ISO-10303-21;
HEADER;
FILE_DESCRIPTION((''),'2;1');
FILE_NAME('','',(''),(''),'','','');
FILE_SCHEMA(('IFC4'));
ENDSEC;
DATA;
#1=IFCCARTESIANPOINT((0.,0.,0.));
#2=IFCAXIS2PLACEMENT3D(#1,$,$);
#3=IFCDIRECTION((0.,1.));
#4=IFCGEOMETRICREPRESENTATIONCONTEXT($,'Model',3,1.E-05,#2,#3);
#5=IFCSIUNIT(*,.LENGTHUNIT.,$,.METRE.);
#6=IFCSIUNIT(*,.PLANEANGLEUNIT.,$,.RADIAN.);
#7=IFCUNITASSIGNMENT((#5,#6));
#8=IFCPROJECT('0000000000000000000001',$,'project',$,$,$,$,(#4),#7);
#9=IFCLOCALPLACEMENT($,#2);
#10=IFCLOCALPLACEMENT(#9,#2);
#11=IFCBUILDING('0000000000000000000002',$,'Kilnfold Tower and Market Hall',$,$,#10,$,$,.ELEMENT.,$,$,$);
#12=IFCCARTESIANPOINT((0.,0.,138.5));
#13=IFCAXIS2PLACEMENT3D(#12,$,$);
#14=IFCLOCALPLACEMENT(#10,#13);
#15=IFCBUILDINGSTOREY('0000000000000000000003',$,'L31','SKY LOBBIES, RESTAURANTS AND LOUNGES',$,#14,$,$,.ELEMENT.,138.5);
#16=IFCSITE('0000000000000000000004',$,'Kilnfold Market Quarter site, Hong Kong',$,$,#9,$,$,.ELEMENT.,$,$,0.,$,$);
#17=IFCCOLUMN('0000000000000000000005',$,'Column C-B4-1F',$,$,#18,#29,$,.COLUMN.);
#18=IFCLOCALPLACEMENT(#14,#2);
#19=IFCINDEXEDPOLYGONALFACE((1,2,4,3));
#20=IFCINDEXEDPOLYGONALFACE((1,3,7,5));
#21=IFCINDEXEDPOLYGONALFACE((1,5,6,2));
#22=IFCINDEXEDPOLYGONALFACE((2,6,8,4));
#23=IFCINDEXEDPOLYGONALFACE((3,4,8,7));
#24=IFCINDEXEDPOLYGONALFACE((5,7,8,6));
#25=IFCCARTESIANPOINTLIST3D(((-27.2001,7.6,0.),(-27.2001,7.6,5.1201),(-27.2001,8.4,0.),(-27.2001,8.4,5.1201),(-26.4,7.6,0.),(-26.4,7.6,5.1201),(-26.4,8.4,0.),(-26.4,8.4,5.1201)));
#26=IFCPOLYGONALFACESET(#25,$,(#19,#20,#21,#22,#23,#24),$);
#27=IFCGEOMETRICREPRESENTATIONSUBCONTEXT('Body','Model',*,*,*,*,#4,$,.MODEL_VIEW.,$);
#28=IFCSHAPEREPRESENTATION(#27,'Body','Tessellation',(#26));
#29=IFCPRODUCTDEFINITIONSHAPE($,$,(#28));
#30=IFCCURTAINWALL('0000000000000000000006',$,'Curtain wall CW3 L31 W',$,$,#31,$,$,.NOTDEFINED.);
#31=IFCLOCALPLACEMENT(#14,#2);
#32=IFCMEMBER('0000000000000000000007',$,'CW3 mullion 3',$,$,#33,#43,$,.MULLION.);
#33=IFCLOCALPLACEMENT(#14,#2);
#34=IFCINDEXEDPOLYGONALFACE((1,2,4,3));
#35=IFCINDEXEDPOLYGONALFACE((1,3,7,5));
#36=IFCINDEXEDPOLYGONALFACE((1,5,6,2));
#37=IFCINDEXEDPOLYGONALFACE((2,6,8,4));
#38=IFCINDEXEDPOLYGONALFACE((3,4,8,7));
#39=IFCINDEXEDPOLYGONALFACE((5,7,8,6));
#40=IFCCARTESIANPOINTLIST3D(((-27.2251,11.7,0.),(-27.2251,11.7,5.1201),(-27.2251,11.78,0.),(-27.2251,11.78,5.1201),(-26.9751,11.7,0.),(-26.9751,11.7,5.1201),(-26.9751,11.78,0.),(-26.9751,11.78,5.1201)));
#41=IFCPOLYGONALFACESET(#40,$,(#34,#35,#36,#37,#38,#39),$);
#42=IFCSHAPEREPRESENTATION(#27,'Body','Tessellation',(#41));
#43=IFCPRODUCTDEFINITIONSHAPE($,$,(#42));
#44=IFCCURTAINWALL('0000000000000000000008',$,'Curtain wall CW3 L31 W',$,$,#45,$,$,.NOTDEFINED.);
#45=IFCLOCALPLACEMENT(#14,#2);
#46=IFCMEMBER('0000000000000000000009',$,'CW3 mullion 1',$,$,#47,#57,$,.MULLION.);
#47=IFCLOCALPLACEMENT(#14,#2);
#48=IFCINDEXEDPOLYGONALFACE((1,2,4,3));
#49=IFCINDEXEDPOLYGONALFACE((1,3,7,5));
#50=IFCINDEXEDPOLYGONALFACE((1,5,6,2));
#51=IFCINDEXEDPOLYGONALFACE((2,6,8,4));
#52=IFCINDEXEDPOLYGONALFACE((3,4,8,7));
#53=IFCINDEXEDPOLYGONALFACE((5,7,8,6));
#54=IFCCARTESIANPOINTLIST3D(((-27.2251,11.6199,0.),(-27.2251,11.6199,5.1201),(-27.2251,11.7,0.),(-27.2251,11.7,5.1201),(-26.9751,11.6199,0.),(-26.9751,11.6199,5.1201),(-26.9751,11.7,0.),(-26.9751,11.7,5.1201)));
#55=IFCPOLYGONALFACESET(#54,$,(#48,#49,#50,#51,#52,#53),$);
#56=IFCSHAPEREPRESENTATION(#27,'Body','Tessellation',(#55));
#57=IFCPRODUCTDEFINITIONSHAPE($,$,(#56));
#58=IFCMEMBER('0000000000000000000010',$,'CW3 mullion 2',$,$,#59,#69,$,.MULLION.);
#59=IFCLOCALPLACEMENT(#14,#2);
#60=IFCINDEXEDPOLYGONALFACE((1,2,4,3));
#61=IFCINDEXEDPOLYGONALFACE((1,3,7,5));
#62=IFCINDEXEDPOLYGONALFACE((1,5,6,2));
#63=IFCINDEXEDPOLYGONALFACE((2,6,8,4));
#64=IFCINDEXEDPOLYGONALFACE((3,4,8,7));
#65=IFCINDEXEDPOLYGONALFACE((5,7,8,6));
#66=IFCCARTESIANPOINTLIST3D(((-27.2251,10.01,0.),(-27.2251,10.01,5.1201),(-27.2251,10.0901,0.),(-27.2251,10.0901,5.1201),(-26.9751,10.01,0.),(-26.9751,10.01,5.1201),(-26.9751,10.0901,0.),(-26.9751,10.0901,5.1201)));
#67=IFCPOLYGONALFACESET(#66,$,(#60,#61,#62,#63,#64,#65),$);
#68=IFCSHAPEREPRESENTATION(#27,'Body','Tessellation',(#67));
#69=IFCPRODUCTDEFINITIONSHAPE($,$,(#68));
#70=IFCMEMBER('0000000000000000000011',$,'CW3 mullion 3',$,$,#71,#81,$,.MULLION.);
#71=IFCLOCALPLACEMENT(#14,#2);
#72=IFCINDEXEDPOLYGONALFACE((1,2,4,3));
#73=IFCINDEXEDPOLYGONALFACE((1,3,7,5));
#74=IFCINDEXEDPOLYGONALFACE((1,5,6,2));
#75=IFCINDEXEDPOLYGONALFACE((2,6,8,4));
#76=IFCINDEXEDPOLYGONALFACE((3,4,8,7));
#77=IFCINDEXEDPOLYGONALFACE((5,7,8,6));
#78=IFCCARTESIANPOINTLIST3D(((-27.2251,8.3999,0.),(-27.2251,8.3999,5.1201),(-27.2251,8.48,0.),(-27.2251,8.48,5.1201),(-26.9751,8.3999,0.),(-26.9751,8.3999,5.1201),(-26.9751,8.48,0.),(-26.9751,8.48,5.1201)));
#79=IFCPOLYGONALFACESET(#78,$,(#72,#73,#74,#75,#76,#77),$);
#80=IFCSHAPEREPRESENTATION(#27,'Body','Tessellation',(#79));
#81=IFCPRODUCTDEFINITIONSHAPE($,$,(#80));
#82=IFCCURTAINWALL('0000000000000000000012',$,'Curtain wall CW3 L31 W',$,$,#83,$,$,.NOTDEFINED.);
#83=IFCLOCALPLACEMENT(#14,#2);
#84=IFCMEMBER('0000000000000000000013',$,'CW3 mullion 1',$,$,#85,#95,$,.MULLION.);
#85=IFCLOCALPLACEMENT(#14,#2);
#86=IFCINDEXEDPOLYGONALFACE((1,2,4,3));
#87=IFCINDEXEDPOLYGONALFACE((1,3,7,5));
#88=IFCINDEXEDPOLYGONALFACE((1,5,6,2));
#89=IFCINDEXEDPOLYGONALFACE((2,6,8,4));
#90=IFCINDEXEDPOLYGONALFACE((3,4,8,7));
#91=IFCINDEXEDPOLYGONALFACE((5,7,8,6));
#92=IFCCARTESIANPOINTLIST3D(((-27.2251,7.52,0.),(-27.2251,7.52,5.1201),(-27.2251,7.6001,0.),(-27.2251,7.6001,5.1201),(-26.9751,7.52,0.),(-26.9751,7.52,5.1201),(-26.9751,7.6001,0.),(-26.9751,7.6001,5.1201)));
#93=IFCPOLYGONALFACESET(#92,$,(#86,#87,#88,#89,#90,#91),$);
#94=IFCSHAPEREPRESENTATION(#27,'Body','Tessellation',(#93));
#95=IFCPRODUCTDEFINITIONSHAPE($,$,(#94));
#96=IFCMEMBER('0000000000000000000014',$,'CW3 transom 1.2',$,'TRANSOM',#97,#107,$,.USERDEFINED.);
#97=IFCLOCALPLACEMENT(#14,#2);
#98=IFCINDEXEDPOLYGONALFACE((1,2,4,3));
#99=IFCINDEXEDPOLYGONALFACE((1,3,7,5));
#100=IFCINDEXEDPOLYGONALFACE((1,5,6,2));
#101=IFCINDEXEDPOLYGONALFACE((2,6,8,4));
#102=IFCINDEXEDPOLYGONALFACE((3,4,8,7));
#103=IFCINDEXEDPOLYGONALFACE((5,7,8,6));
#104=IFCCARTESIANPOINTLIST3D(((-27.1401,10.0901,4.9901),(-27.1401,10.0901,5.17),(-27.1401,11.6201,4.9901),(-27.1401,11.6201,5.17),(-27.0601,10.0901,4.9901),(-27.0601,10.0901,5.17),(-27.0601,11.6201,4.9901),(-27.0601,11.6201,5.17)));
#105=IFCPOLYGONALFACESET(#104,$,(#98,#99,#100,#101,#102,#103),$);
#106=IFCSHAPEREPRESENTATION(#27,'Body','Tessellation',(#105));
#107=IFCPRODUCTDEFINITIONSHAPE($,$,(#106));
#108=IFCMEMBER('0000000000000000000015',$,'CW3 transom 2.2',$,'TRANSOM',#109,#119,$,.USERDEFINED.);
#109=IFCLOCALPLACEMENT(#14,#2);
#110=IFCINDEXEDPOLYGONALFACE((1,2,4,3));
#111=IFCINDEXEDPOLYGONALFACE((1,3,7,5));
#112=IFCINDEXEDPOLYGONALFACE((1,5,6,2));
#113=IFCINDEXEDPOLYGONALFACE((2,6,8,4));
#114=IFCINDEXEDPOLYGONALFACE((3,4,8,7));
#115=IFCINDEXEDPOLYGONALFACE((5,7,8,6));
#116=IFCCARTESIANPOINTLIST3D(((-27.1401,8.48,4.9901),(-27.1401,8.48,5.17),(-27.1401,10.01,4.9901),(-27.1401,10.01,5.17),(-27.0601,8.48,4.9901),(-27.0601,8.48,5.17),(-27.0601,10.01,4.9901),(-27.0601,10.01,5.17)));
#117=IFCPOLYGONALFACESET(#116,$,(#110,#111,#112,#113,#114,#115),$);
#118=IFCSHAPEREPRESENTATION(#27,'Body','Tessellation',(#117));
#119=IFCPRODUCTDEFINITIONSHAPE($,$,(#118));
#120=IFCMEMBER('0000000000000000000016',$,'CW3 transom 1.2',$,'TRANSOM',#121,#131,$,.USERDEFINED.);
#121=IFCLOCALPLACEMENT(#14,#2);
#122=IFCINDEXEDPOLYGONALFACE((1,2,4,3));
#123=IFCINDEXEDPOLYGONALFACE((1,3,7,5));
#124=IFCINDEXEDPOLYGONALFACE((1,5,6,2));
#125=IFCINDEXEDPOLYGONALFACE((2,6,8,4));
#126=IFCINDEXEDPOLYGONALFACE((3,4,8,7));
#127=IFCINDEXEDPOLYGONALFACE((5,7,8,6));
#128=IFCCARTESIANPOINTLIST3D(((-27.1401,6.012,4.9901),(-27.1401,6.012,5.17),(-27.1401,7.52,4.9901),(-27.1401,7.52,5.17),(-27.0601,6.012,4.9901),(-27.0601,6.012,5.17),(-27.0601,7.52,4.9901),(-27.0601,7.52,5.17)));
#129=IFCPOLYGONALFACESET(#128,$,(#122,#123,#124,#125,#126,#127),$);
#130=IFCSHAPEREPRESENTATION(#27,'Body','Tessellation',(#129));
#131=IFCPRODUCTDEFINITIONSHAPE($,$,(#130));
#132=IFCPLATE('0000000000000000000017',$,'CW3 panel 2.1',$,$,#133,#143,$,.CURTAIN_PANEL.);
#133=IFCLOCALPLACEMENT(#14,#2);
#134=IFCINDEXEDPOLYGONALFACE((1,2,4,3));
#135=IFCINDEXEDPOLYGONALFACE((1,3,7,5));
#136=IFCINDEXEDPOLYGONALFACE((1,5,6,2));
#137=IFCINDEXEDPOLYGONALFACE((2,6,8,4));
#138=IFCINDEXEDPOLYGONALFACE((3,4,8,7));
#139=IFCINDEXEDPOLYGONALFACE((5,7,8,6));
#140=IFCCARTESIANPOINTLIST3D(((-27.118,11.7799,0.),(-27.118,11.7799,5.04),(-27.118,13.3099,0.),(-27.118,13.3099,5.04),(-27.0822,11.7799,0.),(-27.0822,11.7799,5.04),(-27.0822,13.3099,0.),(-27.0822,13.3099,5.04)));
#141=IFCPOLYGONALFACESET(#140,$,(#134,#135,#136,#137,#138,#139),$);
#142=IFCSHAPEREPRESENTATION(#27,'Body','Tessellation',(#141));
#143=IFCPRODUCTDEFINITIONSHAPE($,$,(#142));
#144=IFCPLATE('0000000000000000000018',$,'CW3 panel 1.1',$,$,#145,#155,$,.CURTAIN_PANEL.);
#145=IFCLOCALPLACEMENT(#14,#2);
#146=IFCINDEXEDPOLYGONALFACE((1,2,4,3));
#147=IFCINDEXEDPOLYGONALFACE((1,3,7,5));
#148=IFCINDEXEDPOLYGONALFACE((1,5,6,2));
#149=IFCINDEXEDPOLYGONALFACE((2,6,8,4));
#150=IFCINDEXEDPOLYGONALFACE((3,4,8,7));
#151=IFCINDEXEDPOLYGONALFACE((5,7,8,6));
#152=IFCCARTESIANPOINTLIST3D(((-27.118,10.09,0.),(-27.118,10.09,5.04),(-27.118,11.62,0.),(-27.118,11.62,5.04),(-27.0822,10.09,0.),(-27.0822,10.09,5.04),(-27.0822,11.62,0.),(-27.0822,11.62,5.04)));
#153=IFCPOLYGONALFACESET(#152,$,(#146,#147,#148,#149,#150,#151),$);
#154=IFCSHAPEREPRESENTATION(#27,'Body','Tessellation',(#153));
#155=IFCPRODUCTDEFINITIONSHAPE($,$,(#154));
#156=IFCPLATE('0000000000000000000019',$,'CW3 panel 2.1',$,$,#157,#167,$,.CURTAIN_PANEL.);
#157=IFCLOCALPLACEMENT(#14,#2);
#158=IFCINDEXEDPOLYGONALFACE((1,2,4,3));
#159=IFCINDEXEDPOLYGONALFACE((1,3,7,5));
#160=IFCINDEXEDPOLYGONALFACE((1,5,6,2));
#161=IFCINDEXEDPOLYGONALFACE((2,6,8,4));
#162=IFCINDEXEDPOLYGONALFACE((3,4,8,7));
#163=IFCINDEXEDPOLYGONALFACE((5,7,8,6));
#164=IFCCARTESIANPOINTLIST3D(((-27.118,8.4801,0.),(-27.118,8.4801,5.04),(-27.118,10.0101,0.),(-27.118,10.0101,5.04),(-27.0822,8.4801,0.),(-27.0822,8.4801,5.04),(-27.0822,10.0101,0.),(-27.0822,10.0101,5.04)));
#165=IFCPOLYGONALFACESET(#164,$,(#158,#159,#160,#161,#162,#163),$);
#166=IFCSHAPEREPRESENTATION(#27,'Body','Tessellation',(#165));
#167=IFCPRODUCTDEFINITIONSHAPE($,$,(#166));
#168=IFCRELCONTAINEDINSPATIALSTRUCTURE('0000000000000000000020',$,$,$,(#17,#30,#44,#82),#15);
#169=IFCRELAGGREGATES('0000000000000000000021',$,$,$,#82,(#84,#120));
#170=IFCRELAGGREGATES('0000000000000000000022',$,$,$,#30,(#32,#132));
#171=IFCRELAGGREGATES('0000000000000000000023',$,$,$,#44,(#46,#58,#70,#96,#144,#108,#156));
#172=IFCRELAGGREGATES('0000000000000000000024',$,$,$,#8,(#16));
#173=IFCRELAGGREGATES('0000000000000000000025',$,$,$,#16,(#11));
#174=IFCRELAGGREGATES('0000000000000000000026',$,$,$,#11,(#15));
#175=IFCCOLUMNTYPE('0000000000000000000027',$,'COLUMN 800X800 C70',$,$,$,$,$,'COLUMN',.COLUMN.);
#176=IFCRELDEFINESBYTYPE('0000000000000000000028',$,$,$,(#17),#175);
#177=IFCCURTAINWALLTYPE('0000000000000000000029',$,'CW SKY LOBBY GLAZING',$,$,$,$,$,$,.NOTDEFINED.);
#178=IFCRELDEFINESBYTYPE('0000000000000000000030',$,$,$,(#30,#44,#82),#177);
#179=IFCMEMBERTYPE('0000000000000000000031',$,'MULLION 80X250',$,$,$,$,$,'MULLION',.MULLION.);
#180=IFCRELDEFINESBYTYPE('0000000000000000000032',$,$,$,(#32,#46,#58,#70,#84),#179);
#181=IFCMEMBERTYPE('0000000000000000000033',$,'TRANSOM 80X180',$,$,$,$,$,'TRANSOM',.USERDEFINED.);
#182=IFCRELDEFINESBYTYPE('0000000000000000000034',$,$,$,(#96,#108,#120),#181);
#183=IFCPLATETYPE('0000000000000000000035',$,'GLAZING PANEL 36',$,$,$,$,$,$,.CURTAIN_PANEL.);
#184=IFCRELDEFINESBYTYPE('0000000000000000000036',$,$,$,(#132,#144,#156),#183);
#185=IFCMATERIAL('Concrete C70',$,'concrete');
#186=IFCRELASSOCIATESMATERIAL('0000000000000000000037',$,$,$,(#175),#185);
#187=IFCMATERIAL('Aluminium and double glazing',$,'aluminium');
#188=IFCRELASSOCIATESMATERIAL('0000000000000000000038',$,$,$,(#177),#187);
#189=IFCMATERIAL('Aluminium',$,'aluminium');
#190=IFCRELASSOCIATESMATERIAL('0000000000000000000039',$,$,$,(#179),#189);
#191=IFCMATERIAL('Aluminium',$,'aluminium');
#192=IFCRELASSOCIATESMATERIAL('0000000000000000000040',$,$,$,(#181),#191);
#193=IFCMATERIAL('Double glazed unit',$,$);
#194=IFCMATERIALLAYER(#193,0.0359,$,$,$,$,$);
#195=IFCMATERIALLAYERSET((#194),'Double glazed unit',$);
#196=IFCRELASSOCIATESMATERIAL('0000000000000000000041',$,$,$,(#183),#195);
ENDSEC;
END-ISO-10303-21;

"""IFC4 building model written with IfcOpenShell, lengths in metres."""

from ifc_helpers import new_model, si_unit, direction, frame, origin, origin_2d, place, context, subcontext, project, spatial, rectangle, extrude, source, transform, mapped, material, layer, layer_set, material_profile, profile_set, type_object, element, aggregate, save


model = new_model("IFC4")

# Units and contexts
model_context = context("Model", 3, precision=1e-05, world=origin(), true_north=direction((0.0, 1.0)))
body_context = subcontext(model_context, "Body", "Model", "MODEL_VIEW")
ifc_project = project(units=[si_unit("LENGTHUNIT", "METRE"), si_unit("PLANEANGLEUNIT", "RADIAN")], contexts=[model_context])

# Site, building, storey
site_placement = place(None, origin())
site = spatial("IfcSite", under=ifc_project, at=site_placement, Name="Kilnfold Market Quarter site, Hong Kong", CompositionType="ELEMENT", RefElevation=0.0)
building_placement = place(site_placement, origin())
building = spatial("IfcBuilding", under=site, at=building_placement, Name="Kilnfold Tower and Market Hall", CompositionType="ELEMENT")
storey_placement = place(building_placement, frame((0.0, 0.0, 138.5)))
storey = spatial("IfcBuildingStorey", under=building, at=storey_placement, Name="L31", Description="SKY LOBBIES, RESTAURANTS AND LOUNGES", CompositionType="ELEMENT", Elevation=138.5)

# Column
ifc_material_1 = material(Name="Concrete C70", Category="concrete")
ifc_material_profile_1 = material_profile(ifc_material_1, rectangle(XDim=0.8, YDim=0.8, at=origin_2d()), Name="RC 800x800")
ifc_profile_set_1 = profile_set([ifc_material_profile_1], Name="Concrete C70")
column_type = type_object("IfcColumnType", Name="COLUMN 800X800 C70", ElementType="COLUMN", PredefinedType="COLUMN", material=ifc_profile_set_1)
shared_shape_1 = source(origin(), body_context, "Body", "SweptSolid", [
    extrude(rectangle(XDim=0.8, YDim=0.8, at=origin_2d()), origin(), (0.0, 0.0, 1.0), 5.1201),
])
column_placement = place(storey_placement, frame((-26.8, 8.0, 0.0), z_axis=(0.0, 0.0, 1.0), x_axis=(1.0, 0.0, 0.0)))
element("IfcColumn", 1, at=column_placement, inside=storey, type_object=column_type, Name="Column C-B4-1F", PredefinedType="COLUMN", context=body_context, shape_type="MappedRepresentation", body=[
    mapped(shared_shape_1, transform((0.0, 0.0, 0.0))),
])

# Curtain wall, member
ifc_material_2 = material(Name="Aluminium and double glazing", Category="aluminium")
curtain_wall_type = type_object("IfcCurtainWallType", Name="CW SKY LOBBY GLAZING", PredefinedType="NOTDEFINED", material=ifc_material_2)
curtain_wall_1_placement = place(storey_placement, origin())
curtain_wall_1 = element("IfcCurtainWall", 2, at=curtain_wall_1_placement, inside=storey, type_object=curtain_wall_type, Name="Curtain wall CW3 L31 W", PredefinedType="NOTDEFINED")
ifc_material_3 = material(Name="Aluminium", Category="aluminium")
ifc_material_profile_2 = material_profile(ifc_material_3, rectangle(XDim=0.0801, YDim=0.25, at=origin_2d()), Name="MULLION 80x250")
ifc_profile_set_2 = profile_set([ifc_material_profile_2], Name="Aluminium")
member_type_1 = type_object("IfcMemberType", Name="MULLION 80X250", ElementType="MULLION", PredefinedType="MULLION", material=ifc_profile_set_2)
shared_shape_2 = source(origin(), body_context, "Body", "SweptSolid", [
    extrude(rectangle(XDim=0.0801, YDim=0.25, at=origin_2d()), origin(), (0.0, 0.0, 1.0), 5.1201),
])
member_1_placement = place(storey_placement, frame((-27.1001, 11.74, 0.0), z_axis=(0.0, 0.0, 1.0), x_axis=(0.0, -1.0, 0.0)))
member_1 = element("IfcMember", 3, at=member_1_placement, type_object=member_type_1, Name="CW3 mullion 3", PredefinedType="MULLION", context=body_context, shape_type="MappedRepresentation", body=[
    mapped(shared_shape_2, transform((0.0, 0.0, 0.0))),
])

# Curtain wall, members
curtain_wall_2_placement = place(storey_placement, origin())
curtain_wall_2 = element("IfcCurtainWall", 4, at=curtain_wall_2_placement, inside=storey, type_object=curtain_wall_type, Name="Curtain wall CW3 L31 W", PredefinedType="NOTDEFINED")
member_2_placement = place(storey_placement, frame((-27.1001, 11.6599, 0.0), z_axis=(0.0, 0.0, 1.0), x_axis=(0.0, -1.0, 0.0)))
member_2 = element("IfcMember", 5, at=member_2_placement, type_object=member_type_1, Name="CW3 mullion 1", PredefinedType="MULLION", context=body_context, shape_type="MappedRepresentation", body=[
    mapped(shared_shape_2, transform((0.0, 0.0, 0.0))),
])
member_3_placement = place(storey_placement, frame((-27.1001, 10.05, 0.0), z_axis=(0.0, 0.0, 1.0), x_axis=(0.0, -1.0, 0.0)))
member_3 = element("IfcMember", 6, at=member_3_placement, type_object=member_type_1, Name="CW3 mullion 2", PredefinedType="MULLION", context=body_context, shape_type="MappedRepresentation", body=[
    mapped(shared_shape_2, transform((0.0, 0.0, 0.0))),
])
member_4_placement = place(storey_placement, frame((-27.1001, 8.4399, 0.0), z_axis=(0.0, 0.0, 1.0), x_axis=(0.0, -1.0, 0.0)))
member_4 = element("IfcMember", 7, at=member_4_placement, type_object=member_type_1, Name="CW3 mullion 3", PredefinedType="MULLION", context=body_context, shape_type="MappedRepresentation", body=[
    mapped(shared_shape_2, transform((0.0, 0.0, 0.0))),
])

# Curtain wall, member
curtain_wall_3_placement = place(storey_placement, origin())
curtain_wall_3 = element("IfcCurtainWall", 8, at=curtain_wall_3_placement, inside=storey, type_object=curtain_wall_type, Name="Curtain wall CW3 L31 W", PredefinedType="NOTDEFINED")
member_5_placement = place(storey_placement, frame((-27.1001, 7.5601, 0.0), z_axis=(0.0, 0.0, 1.0), x_axis=(0.0, -1.0, 0.0)))
member_5 = element("IfcMember", 9, at=member_5_placement, type_object=member_type_1, Name="CW3 mullion 1", PredefinedType="MULLION", context=body_context, shape_type="MappedRepresentation", body=[
    mapped(shared_shape_2, transform((0.0, 0.0, 0.0))),
])

# Members
ifc_material_4 = material(Name="Aluminium", Category="aluminium")
ifc_material_profile_3 = material_profile(ifc_material_4, rectangle(XDim=0.0801, YDim=0.1799, at=origin_2d()), Name="TRANSOM 80x180")
ifc_profile_set_3 = profile_set([ifc_material_profile_3], Name="Aluminium")
member_type_2 = type_object("IfcMemberType", Name="TRANSOM 80X180", ElementType="TRANSOM", PredefinedType="USERDEFINED", material=ifc_profile_set_3)
shared_shape_3 = source(origin(), body_context, "Body", "SweptSolid", [
    extrude(rectangle(XDim=0.0801, YDim=0.1799, at=origin_2d()), origin(), (0.0, 0.0, 1.0), 1.53),
])
member_6_placement = place(storey_placement, frame((-27.1001, 11.6201, 5.0801), z_axis=(0.0, -1.0, 0.0), x_axis=(1.0, 0.0, 0.0)))
member_6 = element("IfcMember", 10, at=member_6_placement, type_object=member_type_2, Name="CW3 transom 1.2", ObjectType="TRANSOM", PredefinedType="USERDEFINED", context=body_context, shape_type="MappedRepresentation", body=[
    mapped(shared_shape_3, transform((0.0, 0.0, 0.0))),
])
member_7_placement = place(storey_placement, frame((-27.1001, 10.01, 5.0801), z_axis=(0.0, -1.0, 0.0), x_axis=(1.0, 0.0, 0.0)))
member_7 = element("IfcMember", 11, at=member_7_placement, type_object=member_type_2, Name="CW3 transom 2.2", ObjectType="TRANSOM", PredefinedType="USERDEFINED", context=body_context, shape_type="MappedRepresentation", body=[
    mapped(shared_shape_3, transform((0.0, 0.0, 0.0))),
])
shared_shape_4 = source(origin(), body_context, "Body", "SweptSolid", [
    extrude(rectangle(XDim=0.0801, YDim=0.1799, at=origin_2d()), origin(), (0.0, 0.0, 1.0), 1.5081),
])
member_8_placement = place(storey_placement, frame((-27.1001, 7.52, 5.0801), z_axis=(0.0, -1.0, 0.0), x_axis=(1.0, 0.0, 0.0)))
member_8 = element("IfcMember", 12, at=member_8_placement, type_object=member_type_2, Name="CW3 transom 1.2", ObjectType="TRANSOM", PredefinedType="USERDEFINED", context=body_context, shape_type="MappedRepresentation", body=[
    mapped(shared_shape_4, transform((0.0, 0.0, 0.0))),
])
aggregate(curtain_wall_3, [member_5, member_8])

# Plates
ifc_material_5 = material(Name="Double glazed unit")
ifc_layer_1 = layer(ifc_material_5, 0.0359)
ifc_layer_set_1 = layer_set([ifc_layer_1], Name="Double glazed unit")
plate_type = type_object("IfcPlateType", Name="GLAZING PANEL 36", PredefinedType="CURTAIN_PANEL", material=ifc_layer_set_1)
shared_shape_5 = source(origin(), body_context, "Body", "SweptSolid", [
    extrude(rectangle(XDim=1.53, YDim=0.0359, at=origin_2d()), origin(), (0.0, 0.0, 1.0), 5.04),
])
plate_1_placement = place(storey_placement, frame((-27.1001, 12.5449, 0.0), z_axis=(0.0, 0.0, 1.0), x_axis=(0.0, -1.0, 0.0)))
plate_1 = element("IfcPlate", 13, at=plate_1_placement, type_object=plate_type, Name="CW3 panel 2.1", PredefinedType="CURTAIN_PANEL", context=body_context, shape_type="MappedRepresentation", body=[
    mapped(shared_shape_5, transform((0.0, 0.0, 0.0))),
])
aggregate(curtain_wall_1, [member_1, plate_1])
plate_2_placement = place(storey_placement, frame((-27.1001, 10.855, 0.0), z_axis=(0.0, 0.0, 1.0), x_axis=(0.0, -1.0, 0.0)))
plate_2 = element("IfcPlate", 14, at=plate_2_placement, type_object=plate_type, Name="CW3 panel 1.1", PredefinedType="CURTAIN_PANEL", context=body_context, shape_type="MappedRepresentation", body=[
    mapped(shared_shape_5, transform((0.0, 0.0, 0.0))),
])
plate_3_placement = place(storey_placement, frame((-27.1001, 9.2451, 0.0), z_axis=(0.0, 0.0, 1.0), x_axis=(0.0, -1.0, 0.0)))
plate_3 = element("IfcPlate", 15, at=plate_3_placement, type_object=plate_type, Name="CW3 panel 2.1", PredefinedType="CURTAIN_PANEL", context=body_context, shape_type="MappedRepresentation", body=[
    mapped(shared_shape_5, transform((0.0, 0.0, 0.0))),
])
aggregate(curtain_wall_2, [member_2, member_3, member_4, member_6, plate_2, member_7, plate_3])

save(model, "model.ifc")
